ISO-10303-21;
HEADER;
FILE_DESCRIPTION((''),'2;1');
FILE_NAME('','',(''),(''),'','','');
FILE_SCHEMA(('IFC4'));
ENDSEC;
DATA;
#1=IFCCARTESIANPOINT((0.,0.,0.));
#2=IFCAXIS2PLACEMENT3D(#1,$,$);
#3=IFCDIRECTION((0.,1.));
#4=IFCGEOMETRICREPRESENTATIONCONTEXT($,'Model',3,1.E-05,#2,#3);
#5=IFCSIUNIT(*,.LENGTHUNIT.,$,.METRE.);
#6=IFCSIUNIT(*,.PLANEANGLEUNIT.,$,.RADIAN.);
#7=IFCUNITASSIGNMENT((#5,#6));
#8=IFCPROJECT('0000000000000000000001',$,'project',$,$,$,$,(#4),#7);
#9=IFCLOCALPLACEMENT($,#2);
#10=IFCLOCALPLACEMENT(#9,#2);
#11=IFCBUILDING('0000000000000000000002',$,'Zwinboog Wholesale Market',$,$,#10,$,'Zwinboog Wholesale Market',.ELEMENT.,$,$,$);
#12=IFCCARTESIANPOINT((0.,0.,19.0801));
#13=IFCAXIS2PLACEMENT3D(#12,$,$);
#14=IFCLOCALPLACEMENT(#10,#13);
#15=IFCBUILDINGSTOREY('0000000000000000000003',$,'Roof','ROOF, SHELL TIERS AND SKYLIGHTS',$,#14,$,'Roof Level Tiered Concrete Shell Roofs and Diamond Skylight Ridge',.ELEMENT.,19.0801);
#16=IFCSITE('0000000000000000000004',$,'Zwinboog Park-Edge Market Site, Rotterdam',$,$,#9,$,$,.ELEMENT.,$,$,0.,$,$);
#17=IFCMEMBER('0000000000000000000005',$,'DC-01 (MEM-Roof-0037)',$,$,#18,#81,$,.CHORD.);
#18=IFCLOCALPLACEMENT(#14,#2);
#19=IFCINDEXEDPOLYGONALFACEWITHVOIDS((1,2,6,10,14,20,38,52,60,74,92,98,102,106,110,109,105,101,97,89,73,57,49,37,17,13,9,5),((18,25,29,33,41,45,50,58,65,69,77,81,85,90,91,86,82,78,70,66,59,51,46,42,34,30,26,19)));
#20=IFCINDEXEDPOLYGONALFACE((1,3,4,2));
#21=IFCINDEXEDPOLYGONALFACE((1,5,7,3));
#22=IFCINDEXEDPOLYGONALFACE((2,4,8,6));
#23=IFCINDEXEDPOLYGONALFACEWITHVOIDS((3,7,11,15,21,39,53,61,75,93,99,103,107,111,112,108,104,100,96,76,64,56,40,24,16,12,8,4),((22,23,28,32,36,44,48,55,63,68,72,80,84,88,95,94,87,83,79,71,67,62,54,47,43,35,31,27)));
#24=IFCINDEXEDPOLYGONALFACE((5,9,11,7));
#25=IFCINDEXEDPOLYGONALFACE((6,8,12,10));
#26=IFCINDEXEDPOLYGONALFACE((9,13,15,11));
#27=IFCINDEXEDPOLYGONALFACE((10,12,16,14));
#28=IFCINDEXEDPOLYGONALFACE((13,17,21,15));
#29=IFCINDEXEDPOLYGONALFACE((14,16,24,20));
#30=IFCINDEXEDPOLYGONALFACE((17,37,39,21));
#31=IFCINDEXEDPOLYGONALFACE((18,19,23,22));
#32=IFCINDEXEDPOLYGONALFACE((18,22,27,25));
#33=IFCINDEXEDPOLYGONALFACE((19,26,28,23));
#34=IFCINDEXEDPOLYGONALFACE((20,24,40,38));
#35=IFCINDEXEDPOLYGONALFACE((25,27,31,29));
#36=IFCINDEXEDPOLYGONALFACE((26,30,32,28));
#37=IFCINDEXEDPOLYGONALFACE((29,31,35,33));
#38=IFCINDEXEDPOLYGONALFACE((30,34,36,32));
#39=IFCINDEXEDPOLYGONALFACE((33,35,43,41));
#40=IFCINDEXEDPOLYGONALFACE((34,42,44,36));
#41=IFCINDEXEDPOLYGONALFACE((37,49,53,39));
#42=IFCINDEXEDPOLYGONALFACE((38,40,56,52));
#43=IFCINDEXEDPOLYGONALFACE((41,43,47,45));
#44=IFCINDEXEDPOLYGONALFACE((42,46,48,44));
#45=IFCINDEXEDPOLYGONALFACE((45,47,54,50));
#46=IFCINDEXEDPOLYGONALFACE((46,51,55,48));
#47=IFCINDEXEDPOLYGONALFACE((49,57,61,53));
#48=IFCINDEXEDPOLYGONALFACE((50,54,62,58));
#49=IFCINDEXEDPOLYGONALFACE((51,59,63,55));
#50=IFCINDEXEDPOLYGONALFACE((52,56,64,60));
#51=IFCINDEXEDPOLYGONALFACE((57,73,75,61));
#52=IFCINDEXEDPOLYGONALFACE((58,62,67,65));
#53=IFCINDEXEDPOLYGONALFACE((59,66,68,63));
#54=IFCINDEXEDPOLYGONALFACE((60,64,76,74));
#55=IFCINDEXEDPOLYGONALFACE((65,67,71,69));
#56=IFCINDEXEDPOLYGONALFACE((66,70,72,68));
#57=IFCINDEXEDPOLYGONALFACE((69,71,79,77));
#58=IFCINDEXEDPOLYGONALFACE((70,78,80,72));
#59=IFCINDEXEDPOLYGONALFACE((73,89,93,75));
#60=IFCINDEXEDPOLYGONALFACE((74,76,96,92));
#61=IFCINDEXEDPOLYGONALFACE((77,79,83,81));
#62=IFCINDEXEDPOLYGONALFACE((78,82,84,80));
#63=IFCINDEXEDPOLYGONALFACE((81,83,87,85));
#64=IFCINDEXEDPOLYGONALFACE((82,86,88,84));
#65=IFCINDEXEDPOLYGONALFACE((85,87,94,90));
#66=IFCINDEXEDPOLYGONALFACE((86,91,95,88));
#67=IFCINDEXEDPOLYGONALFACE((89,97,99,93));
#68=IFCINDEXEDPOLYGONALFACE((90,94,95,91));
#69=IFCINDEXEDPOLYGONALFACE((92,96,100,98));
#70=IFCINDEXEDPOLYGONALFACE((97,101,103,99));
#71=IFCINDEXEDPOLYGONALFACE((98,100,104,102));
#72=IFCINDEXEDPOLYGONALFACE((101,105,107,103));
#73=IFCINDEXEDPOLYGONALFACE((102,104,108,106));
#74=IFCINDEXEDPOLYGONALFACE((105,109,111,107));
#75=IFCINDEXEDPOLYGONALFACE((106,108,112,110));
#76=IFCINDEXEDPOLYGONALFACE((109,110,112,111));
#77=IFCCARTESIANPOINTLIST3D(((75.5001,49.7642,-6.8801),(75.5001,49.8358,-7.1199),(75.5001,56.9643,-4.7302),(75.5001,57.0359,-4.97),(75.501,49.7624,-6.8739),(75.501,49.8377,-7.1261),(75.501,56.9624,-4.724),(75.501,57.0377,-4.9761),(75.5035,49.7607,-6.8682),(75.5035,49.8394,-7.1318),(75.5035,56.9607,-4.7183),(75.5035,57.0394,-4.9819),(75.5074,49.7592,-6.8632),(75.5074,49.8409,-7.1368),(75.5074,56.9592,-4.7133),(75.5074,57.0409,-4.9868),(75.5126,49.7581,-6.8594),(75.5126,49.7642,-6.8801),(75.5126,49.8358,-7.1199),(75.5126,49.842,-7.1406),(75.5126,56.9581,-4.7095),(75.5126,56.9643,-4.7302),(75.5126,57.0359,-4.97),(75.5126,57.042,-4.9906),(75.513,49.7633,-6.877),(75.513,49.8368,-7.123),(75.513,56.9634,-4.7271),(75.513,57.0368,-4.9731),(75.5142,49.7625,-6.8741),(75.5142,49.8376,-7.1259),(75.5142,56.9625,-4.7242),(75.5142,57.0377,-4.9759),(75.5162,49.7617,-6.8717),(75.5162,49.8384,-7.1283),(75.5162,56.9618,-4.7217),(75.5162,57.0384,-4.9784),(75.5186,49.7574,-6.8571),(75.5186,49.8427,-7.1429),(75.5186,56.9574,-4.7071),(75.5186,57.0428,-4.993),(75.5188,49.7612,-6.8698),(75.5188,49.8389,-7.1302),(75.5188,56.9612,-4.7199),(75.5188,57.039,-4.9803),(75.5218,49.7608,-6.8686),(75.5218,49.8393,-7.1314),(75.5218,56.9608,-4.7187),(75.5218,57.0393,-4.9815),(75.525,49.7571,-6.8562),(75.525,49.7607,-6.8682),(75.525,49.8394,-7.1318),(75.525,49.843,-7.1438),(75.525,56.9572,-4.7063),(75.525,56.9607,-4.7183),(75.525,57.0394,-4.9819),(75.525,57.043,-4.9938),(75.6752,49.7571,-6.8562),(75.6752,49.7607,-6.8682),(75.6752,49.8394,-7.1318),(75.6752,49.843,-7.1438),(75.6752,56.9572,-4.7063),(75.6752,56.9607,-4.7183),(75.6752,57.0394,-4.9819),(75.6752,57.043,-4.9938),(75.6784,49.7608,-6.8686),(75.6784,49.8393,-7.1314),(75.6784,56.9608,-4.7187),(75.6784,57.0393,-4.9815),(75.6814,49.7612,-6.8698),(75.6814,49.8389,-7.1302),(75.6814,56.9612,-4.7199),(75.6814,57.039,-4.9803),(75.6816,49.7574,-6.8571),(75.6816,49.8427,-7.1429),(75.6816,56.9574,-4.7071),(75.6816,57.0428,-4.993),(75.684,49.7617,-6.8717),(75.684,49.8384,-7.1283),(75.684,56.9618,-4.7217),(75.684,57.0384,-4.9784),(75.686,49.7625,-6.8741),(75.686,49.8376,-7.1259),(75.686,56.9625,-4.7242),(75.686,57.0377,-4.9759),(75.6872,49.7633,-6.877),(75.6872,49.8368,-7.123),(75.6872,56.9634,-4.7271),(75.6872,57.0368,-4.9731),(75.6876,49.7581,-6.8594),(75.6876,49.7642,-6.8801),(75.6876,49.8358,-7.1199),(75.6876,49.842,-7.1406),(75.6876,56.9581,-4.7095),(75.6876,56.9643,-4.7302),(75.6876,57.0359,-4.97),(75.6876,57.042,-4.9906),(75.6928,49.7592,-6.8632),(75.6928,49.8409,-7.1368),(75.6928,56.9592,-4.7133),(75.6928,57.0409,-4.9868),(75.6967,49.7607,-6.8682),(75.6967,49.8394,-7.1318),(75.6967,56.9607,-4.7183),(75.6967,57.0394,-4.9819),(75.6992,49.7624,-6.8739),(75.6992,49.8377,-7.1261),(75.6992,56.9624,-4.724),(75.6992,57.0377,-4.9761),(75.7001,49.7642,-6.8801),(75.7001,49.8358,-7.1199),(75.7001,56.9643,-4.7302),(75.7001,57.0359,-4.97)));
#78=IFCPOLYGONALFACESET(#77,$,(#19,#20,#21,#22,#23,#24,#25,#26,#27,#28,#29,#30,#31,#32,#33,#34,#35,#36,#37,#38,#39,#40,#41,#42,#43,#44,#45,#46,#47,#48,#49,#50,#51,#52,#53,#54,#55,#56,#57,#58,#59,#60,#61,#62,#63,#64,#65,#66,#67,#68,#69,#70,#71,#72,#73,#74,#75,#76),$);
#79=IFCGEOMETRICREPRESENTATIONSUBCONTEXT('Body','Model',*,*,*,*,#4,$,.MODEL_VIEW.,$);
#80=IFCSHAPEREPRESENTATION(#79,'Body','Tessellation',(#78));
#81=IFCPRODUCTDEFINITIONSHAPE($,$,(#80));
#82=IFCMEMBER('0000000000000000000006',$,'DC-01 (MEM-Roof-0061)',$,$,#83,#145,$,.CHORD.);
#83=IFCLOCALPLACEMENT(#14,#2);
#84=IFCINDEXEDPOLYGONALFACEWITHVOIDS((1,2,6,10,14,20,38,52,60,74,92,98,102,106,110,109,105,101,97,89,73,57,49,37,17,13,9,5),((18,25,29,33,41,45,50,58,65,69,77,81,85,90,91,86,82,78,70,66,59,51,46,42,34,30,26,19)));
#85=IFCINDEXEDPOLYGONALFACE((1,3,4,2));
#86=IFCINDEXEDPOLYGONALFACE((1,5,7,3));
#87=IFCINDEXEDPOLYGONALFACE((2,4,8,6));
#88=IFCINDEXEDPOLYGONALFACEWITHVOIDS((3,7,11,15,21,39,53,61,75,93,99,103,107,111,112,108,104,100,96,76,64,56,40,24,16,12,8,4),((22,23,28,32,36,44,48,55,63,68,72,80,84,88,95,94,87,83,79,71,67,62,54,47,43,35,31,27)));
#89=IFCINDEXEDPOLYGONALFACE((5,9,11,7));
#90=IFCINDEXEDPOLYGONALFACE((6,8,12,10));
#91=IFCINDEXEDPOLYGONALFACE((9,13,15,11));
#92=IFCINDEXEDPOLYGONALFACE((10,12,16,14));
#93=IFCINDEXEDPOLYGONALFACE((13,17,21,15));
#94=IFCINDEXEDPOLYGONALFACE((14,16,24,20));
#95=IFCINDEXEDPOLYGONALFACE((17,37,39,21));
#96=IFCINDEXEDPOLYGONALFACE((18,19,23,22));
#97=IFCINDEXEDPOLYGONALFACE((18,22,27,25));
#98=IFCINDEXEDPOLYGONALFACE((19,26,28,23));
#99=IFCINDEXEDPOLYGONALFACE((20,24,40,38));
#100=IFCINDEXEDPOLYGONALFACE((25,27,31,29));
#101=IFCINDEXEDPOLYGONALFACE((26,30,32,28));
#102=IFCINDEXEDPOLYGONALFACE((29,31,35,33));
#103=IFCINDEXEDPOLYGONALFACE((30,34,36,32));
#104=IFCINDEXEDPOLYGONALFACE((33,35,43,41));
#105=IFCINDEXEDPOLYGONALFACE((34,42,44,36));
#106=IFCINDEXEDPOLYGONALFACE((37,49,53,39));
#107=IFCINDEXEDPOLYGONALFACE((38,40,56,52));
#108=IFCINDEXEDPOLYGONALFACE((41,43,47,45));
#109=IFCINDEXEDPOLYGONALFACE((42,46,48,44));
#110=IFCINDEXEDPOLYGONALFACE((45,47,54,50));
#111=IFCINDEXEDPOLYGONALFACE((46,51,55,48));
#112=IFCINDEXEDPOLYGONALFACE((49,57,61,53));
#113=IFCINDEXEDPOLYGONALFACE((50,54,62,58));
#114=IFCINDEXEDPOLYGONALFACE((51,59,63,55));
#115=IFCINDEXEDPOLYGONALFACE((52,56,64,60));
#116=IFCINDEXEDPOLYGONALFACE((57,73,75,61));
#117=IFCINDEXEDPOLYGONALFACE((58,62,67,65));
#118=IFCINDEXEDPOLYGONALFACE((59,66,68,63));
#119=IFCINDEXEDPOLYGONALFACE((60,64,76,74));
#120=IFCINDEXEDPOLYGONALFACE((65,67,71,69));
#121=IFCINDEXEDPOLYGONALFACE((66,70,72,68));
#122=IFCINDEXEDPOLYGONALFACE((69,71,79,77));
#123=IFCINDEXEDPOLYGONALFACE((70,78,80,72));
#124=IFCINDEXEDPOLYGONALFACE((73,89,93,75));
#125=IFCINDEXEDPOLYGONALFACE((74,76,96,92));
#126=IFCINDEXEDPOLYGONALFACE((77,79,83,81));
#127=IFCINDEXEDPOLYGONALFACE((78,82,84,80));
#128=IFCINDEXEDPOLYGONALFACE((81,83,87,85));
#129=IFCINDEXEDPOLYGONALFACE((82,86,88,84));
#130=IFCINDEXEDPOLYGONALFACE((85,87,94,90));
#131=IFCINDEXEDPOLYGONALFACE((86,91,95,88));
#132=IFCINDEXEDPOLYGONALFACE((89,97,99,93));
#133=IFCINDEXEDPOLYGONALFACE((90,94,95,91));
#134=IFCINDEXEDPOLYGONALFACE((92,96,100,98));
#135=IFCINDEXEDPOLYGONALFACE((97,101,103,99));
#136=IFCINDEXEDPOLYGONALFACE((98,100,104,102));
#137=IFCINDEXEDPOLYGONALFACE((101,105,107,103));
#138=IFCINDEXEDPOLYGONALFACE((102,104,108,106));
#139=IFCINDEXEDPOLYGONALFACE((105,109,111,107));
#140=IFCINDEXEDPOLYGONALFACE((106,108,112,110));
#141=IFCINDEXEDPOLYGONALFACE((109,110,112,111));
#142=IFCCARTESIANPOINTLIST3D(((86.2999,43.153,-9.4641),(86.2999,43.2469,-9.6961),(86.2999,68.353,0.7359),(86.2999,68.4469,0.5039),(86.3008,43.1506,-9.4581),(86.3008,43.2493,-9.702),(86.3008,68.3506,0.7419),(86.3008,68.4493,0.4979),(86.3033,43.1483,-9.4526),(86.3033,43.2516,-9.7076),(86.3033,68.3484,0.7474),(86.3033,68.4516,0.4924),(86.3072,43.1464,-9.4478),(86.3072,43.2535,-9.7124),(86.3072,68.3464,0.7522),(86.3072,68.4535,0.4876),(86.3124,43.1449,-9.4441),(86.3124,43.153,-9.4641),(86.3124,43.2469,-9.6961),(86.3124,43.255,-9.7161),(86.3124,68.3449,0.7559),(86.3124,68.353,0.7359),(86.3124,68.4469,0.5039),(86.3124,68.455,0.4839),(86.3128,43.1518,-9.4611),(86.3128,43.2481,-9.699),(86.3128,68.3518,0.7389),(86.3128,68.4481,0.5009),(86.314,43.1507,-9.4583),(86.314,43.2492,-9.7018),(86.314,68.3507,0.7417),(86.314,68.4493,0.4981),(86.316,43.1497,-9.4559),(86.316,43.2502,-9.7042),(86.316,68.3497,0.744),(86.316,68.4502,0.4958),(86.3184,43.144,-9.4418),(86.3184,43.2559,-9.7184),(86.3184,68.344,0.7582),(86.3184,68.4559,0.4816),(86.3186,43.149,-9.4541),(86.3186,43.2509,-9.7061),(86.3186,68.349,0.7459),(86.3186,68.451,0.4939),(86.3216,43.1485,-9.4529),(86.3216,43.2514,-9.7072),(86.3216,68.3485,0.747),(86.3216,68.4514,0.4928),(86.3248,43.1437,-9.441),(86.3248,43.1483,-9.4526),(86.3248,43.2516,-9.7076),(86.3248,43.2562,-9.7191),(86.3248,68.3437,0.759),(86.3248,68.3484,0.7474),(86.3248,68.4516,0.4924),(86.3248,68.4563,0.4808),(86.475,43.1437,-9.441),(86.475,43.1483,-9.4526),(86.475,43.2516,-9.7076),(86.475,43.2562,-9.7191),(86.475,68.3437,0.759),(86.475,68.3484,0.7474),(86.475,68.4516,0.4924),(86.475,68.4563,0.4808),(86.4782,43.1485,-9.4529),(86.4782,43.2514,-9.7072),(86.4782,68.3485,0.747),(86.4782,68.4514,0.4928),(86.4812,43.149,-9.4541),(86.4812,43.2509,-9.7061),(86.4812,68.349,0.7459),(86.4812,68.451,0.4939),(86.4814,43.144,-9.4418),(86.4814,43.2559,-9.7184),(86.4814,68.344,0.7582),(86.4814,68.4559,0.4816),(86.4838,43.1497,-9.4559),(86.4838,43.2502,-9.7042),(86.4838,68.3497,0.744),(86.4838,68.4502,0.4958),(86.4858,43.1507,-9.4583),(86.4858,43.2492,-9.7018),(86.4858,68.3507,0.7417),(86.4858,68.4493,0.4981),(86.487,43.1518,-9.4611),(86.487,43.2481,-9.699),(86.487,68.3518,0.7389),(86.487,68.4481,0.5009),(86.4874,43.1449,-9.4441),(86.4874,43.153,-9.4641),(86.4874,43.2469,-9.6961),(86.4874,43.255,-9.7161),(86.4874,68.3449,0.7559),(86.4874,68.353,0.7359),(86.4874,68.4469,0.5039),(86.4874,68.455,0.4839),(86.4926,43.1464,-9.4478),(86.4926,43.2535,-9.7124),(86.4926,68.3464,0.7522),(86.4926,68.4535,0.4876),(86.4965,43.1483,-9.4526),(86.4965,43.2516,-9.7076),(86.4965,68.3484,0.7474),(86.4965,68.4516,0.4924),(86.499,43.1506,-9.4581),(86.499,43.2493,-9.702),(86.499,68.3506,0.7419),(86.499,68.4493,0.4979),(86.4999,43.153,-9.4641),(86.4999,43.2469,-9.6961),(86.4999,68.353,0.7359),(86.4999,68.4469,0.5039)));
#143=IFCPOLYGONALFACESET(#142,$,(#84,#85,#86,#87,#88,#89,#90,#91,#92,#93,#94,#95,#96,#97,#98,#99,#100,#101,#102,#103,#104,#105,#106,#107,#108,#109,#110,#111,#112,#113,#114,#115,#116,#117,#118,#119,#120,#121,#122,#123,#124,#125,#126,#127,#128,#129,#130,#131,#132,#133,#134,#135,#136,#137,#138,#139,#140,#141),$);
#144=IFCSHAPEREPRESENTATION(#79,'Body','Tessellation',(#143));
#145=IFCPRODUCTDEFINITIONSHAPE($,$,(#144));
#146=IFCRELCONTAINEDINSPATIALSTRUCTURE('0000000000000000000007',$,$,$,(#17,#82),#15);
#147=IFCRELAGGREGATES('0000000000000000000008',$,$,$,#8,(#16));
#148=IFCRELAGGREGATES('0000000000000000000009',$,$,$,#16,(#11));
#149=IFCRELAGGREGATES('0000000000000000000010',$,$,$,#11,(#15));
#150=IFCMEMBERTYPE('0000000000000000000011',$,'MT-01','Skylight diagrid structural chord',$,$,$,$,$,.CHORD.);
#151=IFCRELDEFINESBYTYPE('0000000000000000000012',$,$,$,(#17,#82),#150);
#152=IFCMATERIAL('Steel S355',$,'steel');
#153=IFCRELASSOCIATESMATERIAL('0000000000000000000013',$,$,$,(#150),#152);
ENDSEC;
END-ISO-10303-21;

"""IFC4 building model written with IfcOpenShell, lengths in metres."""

from ifc_helpers import new_model, si_unit, direction, frame, origin, origin_2d, place, context, subcontext, project, spatial, hollow_rectangle, extrude, material, material_profile, profile_set, type_object, element, save


model = new_model("IFC4")

# Units and contexts
model_context = context("Model", 3, precision=1e-05, world=origin(), true_north=direction((0.0, 1.0)))
body_context = subcontext(model_context, "Body", "Model", "MODEL_VIEW")
ifc_project = project(units=[si_unit("LENGTHUNIT", "METRE"), si_unit("PLANEANGLEUNIT", "RADIAN")], contexts=[model_context])

# Site, building, storey
site_placement = place(None, origin())
site = spatial("IfcSite", under=ifc_project, at=site_placement, Name="Zwinboog Park-Edge Market Site, Rotterdam", CompositionType="ELEMENT", RefElevation=0.0)
building_placement = place(site_placement, origin())
building = spatial("IfcBuilding", under=site, at=building_placement, Name="Zwinboog Wholesale Market", LongName="Zwinboog Wholesale Market", CompositionType="ELEMENT")
storey_placement = place(building_placement, frame((0.0, 0.0, 19.0801)))
storey = spatial("IfcBuildingStorey", under=building, at=storey_placement, Name="Roof", Description="ROOF, SHELL TIERS AND SKYLIGHTS", LongName="Roof Level Tiered Concrete Shell Roofs and Diamond Skylight Ridge", CompositionType="ELEMENT", Elevation=19.0801)

# Members
ifc_material_1 = material(Name="Steel S355", Category="steel")
ifc_material_profile_1 = material_profile(ifc_material_1, hollow_rectangle(XDim=0.2, YDim=0.3, WallThickness=0.0125, InnerFilletRadius=0.0125, OuterFilletRadius=0.0249, at=origin_2d()), Name="RHS 300x200x12.5")
ifc_profile_set_1 = profile_set([ifc_material_profile_1], Name="Steel S355")
member_type_1 = type_object("IfcMemberType", Name="MT-01", Description="Skylight diagrid structural chord", PredefinedType="CHORD", material=ifc_profile_set_1)
for number, where, z_axis, x_axis, name in (
    (1, (75.6001, 49.8, -7.0), (0.0, 0.958195, 0.286117), (-1.0, 0.0, 0.0), "DC-01 (MEM-Roof-0037)"),
):
    element("IfcMember", number, at=place(storey_placement, frame(where, z_axis=z_axis, x_axis=x_axis)), inside=storey, type_object=member_type_1, Name=name, PredefinedType="CHORD", context=body_context, shape_type="SweptSolid", body=[
        extrude(hollow_rectangle(XDim=0.2, YDim=0.3, WallThickness=0.0125, InnerFilletRadius=0.0125, OuterFilletRadius=0.0249, at=origin_2d()), origin(), (0.0, 0.0, 1.0), 7.5142),
    ])
member_1_placement = place(storey_placement, frame((86.3999, 43.2, -9.5801), z_axis=(0.0, 0.926947, 0.375192), x_axis=(-1.0, 0.0, 0.0)))
element("IfcMember", 2, at=member_1_placement, inside=storey, type_object=member_type_1, Name="DC-01 (MEM-Roof-0061)", PredefinedType="CHORD", context=body_context, shape_type="SweptSolid", body=[
    extrude(hollow_rectangle(XDim=0.2, YDim=0.3, WallThickness=0.0125, InnerFilletRadius=0.0125, OuterFilletRadius=0.0249, at=origin_2d()), origin(), (0.0, 0.0, 1.0), 27.186),
])

save(model, "model.ifc")
